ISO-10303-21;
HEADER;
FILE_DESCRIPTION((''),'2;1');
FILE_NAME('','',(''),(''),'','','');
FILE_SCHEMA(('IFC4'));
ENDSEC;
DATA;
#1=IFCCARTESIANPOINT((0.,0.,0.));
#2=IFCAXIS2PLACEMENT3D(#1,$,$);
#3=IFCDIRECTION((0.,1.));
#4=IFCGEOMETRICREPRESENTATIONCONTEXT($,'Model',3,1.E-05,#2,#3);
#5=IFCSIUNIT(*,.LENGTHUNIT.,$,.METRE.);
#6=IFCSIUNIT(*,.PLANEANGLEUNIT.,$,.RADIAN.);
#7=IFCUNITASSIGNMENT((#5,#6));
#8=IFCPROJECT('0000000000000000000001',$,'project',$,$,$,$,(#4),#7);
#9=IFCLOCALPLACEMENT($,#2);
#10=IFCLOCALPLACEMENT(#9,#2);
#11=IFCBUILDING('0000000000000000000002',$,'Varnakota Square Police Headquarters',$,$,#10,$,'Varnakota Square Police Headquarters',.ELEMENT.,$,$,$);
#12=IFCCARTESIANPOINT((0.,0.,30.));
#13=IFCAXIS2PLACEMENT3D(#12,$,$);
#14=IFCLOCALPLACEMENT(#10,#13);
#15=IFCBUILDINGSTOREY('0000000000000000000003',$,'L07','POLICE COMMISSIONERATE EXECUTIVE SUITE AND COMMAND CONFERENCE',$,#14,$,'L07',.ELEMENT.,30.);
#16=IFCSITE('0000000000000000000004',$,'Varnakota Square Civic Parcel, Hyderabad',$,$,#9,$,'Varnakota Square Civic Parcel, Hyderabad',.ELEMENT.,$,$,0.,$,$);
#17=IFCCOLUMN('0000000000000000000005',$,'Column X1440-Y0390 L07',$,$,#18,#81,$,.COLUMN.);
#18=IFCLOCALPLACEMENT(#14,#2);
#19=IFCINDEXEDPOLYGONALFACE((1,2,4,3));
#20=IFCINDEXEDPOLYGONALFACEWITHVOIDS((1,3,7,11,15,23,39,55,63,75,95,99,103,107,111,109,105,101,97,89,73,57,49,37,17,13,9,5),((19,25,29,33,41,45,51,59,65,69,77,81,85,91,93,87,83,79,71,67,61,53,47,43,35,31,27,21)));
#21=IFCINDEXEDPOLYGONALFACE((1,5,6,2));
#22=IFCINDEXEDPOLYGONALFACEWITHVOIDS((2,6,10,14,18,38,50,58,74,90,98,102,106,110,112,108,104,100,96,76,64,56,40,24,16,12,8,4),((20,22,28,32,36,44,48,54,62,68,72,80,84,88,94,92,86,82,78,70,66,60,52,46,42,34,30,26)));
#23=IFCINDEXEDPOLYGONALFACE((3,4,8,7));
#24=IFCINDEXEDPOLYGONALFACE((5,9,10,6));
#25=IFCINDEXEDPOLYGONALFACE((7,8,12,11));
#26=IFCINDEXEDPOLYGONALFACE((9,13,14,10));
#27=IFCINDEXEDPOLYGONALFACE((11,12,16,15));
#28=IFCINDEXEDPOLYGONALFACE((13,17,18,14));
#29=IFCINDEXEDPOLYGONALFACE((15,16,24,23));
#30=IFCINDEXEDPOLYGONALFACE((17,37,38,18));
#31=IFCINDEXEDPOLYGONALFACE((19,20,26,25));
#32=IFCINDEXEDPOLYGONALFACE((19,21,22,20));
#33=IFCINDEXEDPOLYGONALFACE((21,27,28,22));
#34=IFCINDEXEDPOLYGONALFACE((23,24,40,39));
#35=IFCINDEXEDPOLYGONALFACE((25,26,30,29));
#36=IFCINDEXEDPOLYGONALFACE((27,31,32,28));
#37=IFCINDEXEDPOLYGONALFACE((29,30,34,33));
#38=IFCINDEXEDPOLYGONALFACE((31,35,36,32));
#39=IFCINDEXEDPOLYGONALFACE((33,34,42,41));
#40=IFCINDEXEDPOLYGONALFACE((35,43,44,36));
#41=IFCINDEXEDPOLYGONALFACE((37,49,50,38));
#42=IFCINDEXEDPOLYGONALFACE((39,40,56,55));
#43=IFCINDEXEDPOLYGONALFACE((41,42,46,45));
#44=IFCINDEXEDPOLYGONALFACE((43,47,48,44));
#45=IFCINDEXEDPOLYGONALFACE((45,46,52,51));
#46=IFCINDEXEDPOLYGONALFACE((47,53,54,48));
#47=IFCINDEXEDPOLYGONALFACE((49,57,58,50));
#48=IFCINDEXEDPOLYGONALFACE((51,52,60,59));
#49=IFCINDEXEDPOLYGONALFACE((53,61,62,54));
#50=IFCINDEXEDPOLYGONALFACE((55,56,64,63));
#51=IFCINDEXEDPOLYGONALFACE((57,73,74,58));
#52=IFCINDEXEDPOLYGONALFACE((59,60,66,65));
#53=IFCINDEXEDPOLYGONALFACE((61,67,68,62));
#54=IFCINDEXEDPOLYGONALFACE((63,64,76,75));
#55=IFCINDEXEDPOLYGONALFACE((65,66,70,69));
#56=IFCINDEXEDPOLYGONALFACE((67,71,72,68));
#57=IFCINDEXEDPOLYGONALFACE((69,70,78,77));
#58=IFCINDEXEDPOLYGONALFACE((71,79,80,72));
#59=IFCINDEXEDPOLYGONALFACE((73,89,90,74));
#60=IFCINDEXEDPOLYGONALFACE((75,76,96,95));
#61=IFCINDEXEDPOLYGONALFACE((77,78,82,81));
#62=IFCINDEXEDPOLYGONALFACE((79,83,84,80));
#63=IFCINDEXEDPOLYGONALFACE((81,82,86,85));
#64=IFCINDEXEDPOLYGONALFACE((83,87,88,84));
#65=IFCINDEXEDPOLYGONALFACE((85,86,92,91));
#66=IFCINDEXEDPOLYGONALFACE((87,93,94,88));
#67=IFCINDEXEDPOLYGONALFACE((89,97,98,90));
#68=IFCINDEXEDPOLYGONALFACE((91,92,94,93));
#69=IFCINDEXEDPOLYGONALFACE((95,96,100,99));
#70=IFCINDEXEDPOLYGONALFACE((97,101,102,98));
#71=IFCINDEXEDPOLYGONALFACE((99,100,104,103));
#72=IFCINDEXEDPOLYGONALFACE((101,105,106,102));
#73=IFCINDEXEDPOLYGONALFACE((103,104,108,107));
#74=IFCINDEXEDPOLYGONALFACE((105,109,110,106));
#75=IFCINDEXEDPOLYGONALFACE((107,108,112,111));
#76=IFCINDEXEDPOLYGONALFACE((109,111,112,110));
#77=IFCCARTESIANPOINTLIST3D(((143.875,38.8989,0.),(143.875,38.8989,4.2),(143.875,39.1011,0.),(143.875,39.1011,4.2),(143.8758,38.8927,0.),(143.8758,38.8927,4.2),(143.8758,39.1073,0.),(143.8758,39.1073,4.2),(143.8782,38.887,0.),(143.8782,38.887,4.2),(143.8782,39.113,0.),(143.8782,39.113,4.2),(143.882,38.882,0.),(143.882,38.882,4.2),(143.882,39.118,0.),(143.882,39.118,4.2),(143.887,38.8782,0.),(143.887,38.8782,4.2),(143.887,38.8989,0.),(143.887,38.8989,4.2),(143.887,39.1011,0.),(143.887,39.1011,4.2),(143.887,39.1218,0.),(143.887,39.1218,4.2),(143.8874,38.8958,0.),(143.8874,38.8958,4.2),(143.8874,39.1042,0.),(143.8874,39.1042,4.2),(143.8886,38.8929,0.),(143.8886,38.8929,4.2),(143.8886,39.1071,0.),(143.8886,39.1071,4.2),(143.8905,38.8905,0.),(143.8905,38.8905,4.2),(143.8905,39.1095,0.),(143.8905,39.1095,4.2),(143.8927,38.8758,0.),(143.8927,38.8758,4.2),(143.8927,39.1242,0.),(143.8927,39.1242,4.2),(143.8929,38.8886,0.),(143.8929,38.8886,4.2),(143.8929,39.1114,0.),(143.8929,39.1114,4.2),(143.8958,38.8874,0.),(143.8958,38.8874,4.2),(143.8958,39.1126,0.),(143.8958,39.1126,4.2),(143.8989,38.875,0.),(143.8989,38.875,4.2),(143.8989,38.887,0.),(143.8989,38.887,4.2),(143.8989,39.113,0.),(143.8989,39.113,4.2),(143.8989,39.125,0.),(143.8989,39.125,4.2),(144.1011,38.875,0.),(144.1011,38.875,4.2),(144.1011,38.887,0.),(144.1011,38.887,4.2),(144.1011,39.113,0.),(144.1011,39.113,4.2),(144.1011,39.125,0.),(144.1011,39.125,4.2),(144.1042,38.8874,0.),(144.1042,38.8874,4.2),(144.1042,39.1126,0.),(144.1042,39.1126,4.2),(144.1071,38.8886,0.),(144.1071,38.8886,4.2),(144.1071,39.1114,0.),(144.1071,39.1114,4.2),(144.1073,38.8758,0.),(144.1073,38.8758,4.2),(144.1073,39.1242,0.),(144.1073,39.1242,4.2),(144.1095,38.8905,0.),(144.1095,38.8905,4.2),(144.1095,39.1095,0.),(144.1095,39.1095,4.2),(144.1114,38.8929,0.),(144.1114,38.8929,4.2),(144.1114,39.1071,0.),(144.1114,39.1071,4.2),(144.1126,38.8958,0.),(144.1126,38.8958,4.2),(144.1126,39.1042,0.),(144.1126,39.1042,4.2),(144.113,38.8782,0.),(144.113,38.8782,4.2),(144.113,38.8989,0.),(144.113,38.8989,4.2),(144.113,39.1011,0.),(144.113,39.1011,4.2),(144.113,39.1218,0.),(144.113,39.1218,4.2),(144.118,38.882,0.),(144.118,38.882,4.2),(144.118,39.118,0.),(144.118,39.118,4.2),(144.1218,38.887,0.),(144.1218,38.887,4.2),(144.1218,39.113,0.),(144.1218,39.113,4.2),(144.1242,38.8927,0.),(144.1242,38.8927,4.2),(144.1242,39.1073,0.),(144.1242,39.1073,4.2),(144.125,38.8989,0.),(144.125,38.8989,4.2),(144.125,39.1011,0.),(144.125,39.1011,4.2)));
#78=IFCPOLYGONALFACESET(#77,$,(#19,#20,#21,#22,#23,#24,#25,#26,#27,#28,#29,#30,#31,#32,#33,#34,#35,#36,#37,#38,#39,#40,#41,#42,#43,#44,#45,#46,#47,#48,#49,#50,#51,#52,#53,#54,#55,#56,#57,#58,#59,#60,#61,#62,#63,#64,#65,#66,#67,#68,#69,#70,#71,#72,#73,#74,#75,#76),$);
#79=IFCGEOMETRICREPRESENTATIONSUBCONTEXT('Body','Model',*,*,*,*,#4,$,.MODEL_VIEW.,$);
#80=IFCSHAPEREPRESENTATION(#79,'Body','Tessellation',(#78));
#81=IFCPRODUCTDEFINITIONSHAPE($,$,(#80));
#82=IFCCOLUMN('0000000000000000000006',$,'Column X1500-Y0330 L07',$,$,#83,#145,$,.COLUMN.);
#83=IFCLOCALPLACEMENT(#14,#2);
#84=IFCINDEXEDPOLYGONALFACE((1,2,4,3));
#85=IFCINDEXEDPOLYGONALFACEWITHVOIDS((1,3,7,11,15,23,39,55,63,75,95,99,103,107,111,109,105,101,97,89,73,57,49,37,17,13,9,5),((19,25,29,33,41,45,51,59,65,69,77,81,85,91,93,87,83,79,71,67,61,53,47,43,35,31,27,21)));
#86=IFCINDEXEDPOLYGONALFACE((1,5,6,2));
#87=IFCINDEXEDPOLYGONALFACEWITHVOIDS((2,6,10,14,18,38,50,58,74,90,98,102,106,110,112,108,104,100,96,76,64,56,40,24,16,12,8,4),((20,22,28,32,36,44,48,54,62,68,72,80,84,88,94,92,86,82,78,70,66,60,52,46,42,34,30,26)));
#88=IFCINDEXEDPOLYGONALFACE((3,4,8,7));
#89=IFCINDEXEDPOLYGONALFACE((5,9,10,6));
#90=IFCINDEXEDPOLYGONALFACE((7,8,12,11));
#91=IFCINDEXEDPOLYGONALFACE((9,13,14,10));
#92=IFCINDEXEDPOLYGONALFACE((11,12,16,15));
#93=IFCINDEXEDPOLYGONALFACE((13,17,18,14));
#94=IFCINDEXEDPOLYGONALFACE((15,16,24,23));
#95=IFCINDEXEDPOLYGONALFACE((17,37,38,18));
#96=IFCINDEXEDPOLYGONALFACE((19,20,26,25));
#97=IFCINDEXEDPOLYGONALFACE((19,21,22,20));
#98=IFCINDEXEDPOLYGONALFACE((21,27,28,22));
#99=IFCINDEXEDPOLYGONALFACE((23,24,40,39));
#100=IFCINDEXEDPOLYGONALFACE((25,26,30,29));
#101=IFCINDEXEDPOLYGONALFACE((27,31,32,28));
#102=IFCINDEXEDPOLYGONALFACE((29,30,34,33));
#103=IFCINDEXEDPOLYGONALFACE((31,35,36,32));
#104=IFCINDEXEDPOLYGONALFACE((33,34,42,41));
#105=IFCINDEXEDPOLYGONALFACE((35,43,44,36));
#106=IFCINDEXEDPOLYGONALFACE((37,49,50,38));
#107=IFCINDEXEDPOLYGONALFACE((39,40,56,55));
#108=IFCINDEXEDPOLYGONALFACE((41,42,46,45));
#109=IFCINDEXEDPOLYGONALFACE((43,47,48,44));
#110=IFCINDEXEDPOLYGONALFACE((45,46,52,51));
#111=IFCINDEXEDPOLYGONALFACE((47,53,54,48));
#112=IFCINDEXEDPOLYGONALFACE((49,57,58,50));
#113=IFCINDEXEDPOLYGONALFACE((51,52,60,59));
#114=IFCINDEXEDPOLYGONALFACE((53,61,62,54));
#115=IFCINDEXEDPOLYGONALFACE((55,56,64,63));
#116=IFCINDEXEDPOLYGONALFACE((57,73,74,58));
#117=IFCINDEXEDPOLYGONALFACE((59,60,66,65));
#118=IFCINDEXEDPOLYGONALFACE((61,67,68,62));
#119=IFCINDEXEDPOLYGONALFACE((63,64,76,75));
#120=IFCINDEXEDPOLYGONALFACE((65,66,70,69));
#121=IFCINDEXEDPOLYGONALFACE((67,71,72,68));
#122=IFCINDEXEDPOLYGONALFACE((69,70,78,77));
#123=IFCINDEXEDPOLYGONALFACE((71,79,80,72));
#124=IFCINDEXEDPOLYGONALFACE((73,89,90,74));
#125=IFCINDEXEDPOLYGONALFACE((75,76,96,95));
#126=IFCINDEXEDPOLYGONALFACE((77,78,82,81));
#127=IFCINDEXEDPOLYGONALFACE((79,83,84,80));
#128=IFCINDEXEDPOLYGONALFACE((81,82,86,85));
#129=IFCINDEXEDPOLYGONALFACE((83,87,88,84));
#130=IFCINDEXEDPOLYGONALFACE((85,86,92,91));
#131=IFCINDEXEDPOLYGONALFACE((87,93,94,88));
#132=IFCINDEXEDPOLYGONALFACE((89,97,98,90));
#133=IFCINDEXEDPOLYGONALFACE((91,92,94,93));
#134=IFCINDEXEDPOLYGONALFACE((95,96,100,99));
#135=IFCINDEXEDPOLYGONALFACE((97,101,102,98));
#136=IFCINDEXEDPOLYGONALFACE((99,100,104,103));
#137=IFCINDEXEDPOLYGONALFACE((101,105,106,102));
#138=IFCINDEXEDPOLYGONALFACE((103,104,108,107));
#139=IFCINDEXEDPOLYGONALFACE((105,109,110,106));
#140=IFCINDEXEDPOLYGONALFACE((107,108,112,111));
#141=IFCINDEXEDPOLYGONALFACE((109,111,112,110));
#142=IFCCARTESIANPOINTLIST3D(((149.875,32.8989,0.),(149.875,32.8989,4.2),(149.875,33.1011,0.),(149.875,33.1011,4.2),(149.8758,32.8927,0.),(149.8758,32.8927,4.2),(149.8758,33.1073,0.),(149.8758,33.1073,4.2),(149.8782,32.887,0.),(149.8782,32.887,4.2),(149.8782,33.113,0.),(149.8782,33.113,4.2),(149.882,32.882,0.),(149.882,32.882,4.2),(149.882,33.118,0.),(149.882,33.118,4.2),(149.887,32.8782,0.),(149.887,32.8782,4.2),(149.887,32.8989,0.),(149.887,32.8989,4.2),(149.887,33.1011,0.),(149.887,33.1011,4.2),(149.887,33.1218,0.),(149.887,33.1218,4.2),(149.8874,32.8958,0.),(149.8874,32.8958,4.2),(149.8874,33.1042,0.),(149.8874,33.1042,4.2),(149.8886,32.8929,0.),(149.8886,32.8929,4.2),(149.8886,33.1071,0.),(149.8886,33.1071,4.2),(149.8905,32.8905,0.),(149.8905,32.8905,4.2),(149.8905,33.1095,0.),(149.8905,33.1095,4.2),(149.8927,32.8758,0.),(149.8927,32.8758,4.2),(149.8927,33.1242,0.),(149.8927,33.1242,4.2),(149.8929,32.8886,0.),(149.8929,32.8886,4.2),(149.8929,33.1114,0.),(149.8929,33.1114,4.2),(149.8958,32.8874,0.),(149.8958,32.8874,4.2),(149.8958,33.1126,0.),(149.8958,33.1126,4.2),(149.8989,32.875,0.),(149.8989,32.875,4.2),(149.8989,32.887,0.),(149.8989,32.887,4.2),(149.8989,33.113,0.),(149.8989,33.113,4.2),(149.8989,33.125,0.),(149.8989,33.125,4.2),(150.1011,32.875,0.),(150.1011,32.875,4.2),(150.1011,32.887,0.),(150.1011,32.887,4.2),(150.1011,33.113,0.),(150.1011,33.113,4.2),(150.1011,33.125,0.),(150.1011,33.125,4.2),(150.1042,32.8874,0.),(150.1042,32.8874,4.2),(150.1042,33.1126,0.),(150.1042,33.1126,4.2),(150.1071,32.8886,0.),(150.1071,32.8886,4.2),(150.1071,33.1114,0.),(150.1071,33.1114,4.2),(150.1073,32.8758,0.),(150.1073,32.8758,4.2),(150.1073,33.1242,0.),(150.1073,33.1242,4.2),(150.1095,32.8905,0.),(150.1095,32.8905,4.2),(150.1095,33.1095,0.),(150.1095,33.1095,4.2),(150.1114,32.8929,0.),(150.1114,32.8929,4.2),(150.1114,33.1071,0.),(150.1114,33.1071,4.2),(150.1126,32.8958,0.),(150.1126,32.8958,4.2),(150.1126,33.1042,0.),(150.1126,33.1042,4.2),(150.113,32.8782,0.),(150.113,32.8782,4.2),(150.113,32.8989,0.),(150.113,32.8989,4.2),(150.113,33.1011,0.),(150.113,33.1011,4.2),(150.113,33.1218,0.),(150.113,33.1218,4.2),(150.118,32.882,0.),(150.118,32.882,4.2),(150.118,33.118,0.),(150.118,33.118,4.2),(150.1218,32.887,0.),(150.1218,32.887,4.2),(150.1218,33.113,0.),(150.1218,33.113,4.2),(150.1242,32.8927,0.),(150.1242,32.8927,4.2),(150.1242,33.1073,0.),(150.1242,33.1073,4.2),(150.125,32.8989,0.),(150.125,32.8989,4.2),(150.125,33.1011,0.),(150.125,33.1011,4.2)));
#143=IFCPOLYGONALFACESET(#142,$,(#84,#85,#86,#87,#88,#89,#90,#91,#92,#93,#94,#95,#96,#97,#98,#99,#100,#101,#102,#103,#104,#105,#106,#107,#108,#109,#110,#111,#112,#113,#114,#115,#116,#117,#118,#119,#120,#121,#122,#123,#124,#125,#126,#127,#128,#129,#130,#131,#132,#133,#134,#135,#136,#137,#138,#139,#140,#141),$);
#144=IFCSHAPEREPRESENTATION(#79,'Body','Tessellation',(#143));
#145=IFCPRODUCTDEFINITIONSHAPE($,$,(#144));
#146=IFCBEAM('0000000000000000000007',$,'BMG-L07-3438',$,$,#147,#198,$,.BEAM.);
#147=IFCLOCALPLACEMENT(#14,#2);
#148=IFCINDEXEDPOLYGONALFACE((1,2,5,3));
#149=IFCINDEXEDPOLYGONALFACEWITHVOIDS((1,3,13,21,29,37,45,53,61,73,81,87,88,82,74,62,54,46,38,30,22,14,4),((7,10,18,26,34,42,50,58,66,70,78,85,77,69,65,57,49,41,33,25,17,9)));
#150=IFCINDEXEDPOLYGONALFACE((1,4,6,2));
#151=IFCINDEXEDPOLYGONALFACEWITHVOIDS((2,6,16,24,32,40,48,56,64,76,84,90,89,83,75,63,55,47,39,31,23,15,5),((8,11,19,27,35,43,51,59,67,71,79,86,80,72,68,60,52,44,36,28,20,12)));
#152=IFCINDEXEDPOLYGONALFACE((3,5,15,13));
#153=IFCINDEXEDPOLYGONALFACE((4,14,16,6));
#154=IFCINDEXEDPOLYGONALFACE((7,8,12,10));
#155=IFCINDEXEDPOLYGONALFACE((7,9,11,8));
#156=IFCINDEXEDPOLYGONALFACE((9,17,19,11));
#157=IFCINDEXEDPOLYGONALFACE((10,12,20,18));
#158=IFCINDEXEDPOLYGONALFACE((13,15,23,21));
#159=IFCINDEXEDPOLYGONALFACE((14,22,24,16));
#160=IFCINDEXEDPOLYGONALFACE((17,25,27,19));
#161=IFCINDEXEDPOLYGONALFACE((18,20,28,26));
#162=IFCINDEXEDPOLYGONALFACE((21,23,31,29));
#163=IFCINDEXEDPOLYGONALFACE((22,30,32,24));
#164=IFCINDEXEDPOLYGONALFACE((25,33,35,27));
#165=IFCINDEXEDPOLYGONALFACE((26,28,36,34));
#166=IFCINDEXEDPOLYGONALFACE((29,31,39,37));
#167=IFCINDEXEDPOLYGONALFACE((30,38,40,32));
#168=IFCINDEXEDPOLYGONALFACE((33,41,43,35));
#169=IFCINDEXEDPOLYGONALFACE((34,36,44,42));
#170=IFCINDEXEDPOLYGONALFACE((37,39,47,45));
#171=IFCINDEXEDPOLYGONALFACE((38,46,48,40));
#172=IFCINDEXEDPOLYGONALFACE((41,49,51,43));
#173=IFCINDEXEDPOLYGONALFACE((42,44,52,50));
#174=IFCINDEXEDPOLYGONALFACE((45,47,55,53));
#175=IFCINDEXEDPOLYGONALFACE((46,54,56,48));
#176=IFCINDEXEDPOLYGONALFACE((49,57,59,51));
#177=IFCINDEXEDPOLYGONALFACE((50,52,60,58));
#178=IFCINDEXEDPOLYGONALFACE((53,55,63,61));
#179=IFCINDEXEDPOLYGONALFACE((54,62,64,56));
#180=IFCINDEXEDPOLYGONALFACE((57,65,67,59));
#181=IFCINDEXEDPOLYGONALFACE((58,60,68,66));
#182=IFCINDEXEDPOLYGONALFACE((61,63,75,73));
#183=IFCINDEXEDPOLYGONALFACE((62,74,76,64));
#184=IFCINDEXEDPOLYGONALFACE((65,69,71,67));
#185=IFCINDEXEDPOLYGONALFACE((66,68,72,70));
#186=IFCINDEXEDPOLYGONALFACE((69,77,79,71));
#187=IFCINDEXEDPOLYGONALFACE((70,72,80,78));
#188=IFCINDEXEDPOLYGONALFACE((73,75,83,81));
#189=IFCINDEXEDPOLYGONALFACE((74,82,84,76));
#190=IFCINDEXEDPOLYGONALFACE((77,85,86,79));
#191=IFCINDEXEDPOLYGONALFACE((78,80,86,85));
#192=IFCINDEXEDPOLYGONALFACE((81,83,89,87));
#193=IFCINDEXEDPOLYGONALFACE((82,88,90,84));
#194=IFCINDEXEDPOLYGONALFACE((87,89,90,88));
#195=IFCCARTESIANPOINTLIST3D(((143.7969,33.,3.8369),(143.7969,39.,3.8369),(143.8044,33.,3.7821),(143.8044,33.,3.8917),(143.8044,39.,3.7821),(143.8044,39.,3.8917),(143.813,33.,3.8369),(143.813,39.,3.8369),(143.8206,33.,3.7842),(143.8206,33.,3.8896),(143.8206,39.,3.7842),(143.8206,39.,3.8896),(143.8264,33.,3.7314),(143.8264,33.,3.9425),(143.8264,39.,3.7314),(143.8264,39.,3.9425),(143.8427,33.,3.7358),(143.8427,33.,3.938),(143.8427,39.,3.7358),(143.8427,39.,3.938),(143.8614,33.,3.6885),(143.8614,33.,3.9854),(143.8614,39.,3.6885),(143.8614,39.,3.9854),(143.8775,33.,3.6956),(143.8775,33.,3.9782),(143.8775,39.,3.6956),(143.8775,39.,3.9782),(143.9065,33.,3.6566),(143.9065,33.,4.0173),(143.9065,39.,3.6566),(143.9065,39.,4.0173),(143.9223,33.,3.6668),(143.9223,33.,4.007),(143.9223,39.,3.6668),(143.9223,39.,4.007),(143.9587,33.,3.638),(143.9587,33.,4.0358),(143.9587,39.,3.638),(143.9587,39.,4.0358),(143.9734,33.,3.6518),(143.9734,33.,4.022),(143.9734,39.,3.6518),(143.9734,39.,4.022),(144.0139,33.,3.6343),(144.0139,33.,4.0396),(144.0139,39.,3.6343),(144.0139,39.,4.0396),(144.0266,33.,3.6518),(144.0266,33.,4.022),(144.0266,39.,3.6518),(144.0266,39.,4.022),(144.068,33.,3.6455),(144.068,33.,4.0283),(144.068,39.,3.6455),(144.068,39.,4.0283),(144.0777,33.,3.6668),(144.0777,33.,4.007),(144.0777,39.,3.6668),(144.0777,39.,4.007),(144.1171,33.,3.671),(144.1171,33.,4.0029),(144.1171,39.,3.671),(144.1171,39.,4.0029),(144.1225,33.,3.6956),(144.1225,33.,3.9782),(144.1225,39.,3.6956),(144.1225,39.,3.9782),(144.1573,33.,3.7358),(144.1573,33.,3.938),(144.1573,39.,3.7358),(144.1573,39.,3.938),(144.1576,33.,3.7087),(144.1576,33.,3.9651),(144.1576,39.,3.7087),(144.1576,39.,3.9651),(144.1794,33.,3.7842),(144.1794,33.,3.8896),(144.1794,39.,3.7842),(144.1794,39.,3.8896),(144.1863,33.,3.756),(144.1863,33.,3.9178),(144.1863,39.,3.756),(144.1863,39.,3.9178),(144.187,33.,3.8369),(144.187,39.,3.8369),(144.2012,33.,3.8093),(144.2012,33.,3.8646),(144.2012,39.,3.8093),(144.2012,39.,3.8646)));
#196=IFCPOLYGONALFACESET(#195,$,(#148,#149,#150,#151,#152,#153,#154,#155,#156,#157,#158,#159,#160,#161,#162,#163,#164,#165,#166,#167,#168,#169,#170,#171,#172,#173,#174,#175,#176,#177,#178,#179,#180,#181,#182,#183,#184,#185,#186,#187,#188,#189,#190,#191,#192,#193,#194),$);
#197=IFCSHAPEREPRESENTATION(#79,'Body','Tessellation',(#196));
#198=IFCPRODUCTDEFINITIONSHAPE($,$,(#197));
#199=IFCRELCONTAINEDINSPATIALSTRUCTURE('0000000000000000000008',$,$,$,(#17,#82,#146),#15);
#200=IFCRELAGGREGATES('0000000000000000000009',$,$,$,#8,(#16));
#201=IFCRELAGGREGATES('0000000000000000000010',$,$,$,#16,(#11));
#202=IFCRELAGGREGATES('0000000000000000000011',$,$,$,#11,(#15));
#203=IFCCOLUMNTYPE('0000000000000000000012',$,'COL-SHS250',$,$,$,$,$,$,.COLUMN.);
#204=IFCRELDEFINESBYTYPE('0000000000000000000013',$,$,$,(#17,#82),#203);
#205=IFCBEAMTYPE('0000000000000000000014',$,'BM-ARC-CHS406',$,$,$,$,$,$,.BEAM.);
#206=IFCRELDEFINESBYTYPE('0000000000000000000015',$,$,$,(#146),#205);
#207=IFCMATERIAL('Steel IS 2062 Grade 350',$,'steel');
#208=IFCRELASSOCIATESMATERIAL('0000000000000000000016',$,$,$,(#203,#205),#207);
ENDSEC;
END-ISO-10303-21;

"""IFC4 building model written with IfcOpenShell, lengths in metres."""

from ifc_helpers import new_model, si_unit, direction, frame, origin, origin_2d, place, context, subcontext, project, spatial, hollow_rectangle, hollow_circle, extrude, material, material_profile, profile_set, type_object, element, save


model = new_model("IFC4")

# Units and contexts
model_context = context("Model", 3, precision=1e-05, world=origin(), true_north=direction((0.0, 1.0)))
body_context = subcontext(model_context, "Body", "Model", "MODEL_VIEW")
ifc_project = project(units=[si_unit("LENGTHUNIT", "METRE"), si_unit("PLANEANGLEUNIT", "RADIAN")], contexts=[model_context])

# Site, building, storey
site_placement = place(None, origin())
site = spatial("IfcSite", under=ifc_project, at=site_placement, Name="Varnakota Square Civic Parcel, Hyderabad", LongName="Varnakota Square Civic Parcel, Hyderabad", CompositionType="ELEMENT", RefElevation=0.0)
building_placement = place(site_placement, origin())
building = spatial("IfcBuilding", under=site, at=building_placement, Name="Varnakota Square Police Headquarters", LongName="Varnakota Square Police Headquarters", CompositionType="ELEMENT")
storey_placement = place(building_placement, frame((0.0, 0.0, 30.0)))
storey = spatial("IfcBuildingStorey", under=building, at=storey_placement, Name="L07", Description="POLICE COMMISSIONERATE EXECUTIVE SUITE AND COMMAND CONFERENCE", LongName="L07", CompositionType="ELEMENT", Elevation=30.0)

# Columns
ifc_material_1 = material(Name="Steel IS 2062 Grade 350", Category="steel")
ifc_material_profile_1 = material_profile(ifc_material_1, hollow_rectangle(XDim=0.25, YDim=0.25, WallThickness=0.012, InnerFilletRadius=0.012, OuterFilletRadius=0.0239, at=origin_2d()), Name="SHS 250x250x12")
ifc_profile_set_1 = profile_set([ifc_material_profile_1], Name="Steel IS 2062 Grade 350")
column_type_1 = type_object("IfcColumnType", Name="COL-SHS250", PredefinedType="COLUMN", material=ifc_profile_set_1)
for number, where, z_axis, x_axis, name in (
    (1, (144.0, 39.0, 0.0), (0.0, 0.0, 1.0), (1.0, 0.0, 0.0), "Column X1440-Y0390 L07"),
    (2, (150.0, 33.0, 0.0), (0.0, 0.0, 1.0), (1.0, 0.0, 0.0), "Column X1500-Y0330 L07"),
):
    element("IfcColumn", number, at=place(storey_placement, frame(where, z_axis=z_axis, x_axis=x_axis)), inside=storey, type_object=column_type_1, Name=name, PredefinedType="COLUMN", context=body_context, shape_type="SweptSolid", body=[
        extrude(hollow_rectangle(XDim=0.25, YDim=0.25, WallThickness=0.012, InnerFilletRadius=0.012, OuterFilletRadius=0.0239, at=origin_2d()), origin(), (0.0, 0.0, 1.0), 4.2),
    ])

# Beam
ifc_material_profile_2 = material_profile(ifc_material_1, hollow_circle(Radius=0.2031, WallThickness=0.0161, at=origin_2d()), Name="CHS 406.4x16.0")
ifc_profile_set_2 = profile_set([ifc_material_profile_2], Name="Steel IS 2062 Grade 350")
beam_type_1 = type_object("IfcBeamType", Name="BM-ARC-CHS406", PredefinedType="BEAM", material=ifc_profile_set_2)
for number, where, z_axis, x_axis, name in (
    (3, (144.0, 33.0, 3.8369), (0.0, 1.0, 0.0), (-1.0, 0.0, 0.0), "BMG-L07-3438"),
):
    element("IfcBeam", number, at=place(storey_placement, frame(where, z_axis=z_axis, x_axis=x_axis)), inside=storey, type_object=beam_type_1, Name=name, PredefinedType="BEAM", context=body_context, shape_type="SweptSolid", body=[
        extrude(hollow_circle(Radius=0.2031, WallThickness=0.0161, at=origin_2d()), origin(), (0.0, 0.0, 1.0), 6.0),
    ])

save(model, "model.ifc")
